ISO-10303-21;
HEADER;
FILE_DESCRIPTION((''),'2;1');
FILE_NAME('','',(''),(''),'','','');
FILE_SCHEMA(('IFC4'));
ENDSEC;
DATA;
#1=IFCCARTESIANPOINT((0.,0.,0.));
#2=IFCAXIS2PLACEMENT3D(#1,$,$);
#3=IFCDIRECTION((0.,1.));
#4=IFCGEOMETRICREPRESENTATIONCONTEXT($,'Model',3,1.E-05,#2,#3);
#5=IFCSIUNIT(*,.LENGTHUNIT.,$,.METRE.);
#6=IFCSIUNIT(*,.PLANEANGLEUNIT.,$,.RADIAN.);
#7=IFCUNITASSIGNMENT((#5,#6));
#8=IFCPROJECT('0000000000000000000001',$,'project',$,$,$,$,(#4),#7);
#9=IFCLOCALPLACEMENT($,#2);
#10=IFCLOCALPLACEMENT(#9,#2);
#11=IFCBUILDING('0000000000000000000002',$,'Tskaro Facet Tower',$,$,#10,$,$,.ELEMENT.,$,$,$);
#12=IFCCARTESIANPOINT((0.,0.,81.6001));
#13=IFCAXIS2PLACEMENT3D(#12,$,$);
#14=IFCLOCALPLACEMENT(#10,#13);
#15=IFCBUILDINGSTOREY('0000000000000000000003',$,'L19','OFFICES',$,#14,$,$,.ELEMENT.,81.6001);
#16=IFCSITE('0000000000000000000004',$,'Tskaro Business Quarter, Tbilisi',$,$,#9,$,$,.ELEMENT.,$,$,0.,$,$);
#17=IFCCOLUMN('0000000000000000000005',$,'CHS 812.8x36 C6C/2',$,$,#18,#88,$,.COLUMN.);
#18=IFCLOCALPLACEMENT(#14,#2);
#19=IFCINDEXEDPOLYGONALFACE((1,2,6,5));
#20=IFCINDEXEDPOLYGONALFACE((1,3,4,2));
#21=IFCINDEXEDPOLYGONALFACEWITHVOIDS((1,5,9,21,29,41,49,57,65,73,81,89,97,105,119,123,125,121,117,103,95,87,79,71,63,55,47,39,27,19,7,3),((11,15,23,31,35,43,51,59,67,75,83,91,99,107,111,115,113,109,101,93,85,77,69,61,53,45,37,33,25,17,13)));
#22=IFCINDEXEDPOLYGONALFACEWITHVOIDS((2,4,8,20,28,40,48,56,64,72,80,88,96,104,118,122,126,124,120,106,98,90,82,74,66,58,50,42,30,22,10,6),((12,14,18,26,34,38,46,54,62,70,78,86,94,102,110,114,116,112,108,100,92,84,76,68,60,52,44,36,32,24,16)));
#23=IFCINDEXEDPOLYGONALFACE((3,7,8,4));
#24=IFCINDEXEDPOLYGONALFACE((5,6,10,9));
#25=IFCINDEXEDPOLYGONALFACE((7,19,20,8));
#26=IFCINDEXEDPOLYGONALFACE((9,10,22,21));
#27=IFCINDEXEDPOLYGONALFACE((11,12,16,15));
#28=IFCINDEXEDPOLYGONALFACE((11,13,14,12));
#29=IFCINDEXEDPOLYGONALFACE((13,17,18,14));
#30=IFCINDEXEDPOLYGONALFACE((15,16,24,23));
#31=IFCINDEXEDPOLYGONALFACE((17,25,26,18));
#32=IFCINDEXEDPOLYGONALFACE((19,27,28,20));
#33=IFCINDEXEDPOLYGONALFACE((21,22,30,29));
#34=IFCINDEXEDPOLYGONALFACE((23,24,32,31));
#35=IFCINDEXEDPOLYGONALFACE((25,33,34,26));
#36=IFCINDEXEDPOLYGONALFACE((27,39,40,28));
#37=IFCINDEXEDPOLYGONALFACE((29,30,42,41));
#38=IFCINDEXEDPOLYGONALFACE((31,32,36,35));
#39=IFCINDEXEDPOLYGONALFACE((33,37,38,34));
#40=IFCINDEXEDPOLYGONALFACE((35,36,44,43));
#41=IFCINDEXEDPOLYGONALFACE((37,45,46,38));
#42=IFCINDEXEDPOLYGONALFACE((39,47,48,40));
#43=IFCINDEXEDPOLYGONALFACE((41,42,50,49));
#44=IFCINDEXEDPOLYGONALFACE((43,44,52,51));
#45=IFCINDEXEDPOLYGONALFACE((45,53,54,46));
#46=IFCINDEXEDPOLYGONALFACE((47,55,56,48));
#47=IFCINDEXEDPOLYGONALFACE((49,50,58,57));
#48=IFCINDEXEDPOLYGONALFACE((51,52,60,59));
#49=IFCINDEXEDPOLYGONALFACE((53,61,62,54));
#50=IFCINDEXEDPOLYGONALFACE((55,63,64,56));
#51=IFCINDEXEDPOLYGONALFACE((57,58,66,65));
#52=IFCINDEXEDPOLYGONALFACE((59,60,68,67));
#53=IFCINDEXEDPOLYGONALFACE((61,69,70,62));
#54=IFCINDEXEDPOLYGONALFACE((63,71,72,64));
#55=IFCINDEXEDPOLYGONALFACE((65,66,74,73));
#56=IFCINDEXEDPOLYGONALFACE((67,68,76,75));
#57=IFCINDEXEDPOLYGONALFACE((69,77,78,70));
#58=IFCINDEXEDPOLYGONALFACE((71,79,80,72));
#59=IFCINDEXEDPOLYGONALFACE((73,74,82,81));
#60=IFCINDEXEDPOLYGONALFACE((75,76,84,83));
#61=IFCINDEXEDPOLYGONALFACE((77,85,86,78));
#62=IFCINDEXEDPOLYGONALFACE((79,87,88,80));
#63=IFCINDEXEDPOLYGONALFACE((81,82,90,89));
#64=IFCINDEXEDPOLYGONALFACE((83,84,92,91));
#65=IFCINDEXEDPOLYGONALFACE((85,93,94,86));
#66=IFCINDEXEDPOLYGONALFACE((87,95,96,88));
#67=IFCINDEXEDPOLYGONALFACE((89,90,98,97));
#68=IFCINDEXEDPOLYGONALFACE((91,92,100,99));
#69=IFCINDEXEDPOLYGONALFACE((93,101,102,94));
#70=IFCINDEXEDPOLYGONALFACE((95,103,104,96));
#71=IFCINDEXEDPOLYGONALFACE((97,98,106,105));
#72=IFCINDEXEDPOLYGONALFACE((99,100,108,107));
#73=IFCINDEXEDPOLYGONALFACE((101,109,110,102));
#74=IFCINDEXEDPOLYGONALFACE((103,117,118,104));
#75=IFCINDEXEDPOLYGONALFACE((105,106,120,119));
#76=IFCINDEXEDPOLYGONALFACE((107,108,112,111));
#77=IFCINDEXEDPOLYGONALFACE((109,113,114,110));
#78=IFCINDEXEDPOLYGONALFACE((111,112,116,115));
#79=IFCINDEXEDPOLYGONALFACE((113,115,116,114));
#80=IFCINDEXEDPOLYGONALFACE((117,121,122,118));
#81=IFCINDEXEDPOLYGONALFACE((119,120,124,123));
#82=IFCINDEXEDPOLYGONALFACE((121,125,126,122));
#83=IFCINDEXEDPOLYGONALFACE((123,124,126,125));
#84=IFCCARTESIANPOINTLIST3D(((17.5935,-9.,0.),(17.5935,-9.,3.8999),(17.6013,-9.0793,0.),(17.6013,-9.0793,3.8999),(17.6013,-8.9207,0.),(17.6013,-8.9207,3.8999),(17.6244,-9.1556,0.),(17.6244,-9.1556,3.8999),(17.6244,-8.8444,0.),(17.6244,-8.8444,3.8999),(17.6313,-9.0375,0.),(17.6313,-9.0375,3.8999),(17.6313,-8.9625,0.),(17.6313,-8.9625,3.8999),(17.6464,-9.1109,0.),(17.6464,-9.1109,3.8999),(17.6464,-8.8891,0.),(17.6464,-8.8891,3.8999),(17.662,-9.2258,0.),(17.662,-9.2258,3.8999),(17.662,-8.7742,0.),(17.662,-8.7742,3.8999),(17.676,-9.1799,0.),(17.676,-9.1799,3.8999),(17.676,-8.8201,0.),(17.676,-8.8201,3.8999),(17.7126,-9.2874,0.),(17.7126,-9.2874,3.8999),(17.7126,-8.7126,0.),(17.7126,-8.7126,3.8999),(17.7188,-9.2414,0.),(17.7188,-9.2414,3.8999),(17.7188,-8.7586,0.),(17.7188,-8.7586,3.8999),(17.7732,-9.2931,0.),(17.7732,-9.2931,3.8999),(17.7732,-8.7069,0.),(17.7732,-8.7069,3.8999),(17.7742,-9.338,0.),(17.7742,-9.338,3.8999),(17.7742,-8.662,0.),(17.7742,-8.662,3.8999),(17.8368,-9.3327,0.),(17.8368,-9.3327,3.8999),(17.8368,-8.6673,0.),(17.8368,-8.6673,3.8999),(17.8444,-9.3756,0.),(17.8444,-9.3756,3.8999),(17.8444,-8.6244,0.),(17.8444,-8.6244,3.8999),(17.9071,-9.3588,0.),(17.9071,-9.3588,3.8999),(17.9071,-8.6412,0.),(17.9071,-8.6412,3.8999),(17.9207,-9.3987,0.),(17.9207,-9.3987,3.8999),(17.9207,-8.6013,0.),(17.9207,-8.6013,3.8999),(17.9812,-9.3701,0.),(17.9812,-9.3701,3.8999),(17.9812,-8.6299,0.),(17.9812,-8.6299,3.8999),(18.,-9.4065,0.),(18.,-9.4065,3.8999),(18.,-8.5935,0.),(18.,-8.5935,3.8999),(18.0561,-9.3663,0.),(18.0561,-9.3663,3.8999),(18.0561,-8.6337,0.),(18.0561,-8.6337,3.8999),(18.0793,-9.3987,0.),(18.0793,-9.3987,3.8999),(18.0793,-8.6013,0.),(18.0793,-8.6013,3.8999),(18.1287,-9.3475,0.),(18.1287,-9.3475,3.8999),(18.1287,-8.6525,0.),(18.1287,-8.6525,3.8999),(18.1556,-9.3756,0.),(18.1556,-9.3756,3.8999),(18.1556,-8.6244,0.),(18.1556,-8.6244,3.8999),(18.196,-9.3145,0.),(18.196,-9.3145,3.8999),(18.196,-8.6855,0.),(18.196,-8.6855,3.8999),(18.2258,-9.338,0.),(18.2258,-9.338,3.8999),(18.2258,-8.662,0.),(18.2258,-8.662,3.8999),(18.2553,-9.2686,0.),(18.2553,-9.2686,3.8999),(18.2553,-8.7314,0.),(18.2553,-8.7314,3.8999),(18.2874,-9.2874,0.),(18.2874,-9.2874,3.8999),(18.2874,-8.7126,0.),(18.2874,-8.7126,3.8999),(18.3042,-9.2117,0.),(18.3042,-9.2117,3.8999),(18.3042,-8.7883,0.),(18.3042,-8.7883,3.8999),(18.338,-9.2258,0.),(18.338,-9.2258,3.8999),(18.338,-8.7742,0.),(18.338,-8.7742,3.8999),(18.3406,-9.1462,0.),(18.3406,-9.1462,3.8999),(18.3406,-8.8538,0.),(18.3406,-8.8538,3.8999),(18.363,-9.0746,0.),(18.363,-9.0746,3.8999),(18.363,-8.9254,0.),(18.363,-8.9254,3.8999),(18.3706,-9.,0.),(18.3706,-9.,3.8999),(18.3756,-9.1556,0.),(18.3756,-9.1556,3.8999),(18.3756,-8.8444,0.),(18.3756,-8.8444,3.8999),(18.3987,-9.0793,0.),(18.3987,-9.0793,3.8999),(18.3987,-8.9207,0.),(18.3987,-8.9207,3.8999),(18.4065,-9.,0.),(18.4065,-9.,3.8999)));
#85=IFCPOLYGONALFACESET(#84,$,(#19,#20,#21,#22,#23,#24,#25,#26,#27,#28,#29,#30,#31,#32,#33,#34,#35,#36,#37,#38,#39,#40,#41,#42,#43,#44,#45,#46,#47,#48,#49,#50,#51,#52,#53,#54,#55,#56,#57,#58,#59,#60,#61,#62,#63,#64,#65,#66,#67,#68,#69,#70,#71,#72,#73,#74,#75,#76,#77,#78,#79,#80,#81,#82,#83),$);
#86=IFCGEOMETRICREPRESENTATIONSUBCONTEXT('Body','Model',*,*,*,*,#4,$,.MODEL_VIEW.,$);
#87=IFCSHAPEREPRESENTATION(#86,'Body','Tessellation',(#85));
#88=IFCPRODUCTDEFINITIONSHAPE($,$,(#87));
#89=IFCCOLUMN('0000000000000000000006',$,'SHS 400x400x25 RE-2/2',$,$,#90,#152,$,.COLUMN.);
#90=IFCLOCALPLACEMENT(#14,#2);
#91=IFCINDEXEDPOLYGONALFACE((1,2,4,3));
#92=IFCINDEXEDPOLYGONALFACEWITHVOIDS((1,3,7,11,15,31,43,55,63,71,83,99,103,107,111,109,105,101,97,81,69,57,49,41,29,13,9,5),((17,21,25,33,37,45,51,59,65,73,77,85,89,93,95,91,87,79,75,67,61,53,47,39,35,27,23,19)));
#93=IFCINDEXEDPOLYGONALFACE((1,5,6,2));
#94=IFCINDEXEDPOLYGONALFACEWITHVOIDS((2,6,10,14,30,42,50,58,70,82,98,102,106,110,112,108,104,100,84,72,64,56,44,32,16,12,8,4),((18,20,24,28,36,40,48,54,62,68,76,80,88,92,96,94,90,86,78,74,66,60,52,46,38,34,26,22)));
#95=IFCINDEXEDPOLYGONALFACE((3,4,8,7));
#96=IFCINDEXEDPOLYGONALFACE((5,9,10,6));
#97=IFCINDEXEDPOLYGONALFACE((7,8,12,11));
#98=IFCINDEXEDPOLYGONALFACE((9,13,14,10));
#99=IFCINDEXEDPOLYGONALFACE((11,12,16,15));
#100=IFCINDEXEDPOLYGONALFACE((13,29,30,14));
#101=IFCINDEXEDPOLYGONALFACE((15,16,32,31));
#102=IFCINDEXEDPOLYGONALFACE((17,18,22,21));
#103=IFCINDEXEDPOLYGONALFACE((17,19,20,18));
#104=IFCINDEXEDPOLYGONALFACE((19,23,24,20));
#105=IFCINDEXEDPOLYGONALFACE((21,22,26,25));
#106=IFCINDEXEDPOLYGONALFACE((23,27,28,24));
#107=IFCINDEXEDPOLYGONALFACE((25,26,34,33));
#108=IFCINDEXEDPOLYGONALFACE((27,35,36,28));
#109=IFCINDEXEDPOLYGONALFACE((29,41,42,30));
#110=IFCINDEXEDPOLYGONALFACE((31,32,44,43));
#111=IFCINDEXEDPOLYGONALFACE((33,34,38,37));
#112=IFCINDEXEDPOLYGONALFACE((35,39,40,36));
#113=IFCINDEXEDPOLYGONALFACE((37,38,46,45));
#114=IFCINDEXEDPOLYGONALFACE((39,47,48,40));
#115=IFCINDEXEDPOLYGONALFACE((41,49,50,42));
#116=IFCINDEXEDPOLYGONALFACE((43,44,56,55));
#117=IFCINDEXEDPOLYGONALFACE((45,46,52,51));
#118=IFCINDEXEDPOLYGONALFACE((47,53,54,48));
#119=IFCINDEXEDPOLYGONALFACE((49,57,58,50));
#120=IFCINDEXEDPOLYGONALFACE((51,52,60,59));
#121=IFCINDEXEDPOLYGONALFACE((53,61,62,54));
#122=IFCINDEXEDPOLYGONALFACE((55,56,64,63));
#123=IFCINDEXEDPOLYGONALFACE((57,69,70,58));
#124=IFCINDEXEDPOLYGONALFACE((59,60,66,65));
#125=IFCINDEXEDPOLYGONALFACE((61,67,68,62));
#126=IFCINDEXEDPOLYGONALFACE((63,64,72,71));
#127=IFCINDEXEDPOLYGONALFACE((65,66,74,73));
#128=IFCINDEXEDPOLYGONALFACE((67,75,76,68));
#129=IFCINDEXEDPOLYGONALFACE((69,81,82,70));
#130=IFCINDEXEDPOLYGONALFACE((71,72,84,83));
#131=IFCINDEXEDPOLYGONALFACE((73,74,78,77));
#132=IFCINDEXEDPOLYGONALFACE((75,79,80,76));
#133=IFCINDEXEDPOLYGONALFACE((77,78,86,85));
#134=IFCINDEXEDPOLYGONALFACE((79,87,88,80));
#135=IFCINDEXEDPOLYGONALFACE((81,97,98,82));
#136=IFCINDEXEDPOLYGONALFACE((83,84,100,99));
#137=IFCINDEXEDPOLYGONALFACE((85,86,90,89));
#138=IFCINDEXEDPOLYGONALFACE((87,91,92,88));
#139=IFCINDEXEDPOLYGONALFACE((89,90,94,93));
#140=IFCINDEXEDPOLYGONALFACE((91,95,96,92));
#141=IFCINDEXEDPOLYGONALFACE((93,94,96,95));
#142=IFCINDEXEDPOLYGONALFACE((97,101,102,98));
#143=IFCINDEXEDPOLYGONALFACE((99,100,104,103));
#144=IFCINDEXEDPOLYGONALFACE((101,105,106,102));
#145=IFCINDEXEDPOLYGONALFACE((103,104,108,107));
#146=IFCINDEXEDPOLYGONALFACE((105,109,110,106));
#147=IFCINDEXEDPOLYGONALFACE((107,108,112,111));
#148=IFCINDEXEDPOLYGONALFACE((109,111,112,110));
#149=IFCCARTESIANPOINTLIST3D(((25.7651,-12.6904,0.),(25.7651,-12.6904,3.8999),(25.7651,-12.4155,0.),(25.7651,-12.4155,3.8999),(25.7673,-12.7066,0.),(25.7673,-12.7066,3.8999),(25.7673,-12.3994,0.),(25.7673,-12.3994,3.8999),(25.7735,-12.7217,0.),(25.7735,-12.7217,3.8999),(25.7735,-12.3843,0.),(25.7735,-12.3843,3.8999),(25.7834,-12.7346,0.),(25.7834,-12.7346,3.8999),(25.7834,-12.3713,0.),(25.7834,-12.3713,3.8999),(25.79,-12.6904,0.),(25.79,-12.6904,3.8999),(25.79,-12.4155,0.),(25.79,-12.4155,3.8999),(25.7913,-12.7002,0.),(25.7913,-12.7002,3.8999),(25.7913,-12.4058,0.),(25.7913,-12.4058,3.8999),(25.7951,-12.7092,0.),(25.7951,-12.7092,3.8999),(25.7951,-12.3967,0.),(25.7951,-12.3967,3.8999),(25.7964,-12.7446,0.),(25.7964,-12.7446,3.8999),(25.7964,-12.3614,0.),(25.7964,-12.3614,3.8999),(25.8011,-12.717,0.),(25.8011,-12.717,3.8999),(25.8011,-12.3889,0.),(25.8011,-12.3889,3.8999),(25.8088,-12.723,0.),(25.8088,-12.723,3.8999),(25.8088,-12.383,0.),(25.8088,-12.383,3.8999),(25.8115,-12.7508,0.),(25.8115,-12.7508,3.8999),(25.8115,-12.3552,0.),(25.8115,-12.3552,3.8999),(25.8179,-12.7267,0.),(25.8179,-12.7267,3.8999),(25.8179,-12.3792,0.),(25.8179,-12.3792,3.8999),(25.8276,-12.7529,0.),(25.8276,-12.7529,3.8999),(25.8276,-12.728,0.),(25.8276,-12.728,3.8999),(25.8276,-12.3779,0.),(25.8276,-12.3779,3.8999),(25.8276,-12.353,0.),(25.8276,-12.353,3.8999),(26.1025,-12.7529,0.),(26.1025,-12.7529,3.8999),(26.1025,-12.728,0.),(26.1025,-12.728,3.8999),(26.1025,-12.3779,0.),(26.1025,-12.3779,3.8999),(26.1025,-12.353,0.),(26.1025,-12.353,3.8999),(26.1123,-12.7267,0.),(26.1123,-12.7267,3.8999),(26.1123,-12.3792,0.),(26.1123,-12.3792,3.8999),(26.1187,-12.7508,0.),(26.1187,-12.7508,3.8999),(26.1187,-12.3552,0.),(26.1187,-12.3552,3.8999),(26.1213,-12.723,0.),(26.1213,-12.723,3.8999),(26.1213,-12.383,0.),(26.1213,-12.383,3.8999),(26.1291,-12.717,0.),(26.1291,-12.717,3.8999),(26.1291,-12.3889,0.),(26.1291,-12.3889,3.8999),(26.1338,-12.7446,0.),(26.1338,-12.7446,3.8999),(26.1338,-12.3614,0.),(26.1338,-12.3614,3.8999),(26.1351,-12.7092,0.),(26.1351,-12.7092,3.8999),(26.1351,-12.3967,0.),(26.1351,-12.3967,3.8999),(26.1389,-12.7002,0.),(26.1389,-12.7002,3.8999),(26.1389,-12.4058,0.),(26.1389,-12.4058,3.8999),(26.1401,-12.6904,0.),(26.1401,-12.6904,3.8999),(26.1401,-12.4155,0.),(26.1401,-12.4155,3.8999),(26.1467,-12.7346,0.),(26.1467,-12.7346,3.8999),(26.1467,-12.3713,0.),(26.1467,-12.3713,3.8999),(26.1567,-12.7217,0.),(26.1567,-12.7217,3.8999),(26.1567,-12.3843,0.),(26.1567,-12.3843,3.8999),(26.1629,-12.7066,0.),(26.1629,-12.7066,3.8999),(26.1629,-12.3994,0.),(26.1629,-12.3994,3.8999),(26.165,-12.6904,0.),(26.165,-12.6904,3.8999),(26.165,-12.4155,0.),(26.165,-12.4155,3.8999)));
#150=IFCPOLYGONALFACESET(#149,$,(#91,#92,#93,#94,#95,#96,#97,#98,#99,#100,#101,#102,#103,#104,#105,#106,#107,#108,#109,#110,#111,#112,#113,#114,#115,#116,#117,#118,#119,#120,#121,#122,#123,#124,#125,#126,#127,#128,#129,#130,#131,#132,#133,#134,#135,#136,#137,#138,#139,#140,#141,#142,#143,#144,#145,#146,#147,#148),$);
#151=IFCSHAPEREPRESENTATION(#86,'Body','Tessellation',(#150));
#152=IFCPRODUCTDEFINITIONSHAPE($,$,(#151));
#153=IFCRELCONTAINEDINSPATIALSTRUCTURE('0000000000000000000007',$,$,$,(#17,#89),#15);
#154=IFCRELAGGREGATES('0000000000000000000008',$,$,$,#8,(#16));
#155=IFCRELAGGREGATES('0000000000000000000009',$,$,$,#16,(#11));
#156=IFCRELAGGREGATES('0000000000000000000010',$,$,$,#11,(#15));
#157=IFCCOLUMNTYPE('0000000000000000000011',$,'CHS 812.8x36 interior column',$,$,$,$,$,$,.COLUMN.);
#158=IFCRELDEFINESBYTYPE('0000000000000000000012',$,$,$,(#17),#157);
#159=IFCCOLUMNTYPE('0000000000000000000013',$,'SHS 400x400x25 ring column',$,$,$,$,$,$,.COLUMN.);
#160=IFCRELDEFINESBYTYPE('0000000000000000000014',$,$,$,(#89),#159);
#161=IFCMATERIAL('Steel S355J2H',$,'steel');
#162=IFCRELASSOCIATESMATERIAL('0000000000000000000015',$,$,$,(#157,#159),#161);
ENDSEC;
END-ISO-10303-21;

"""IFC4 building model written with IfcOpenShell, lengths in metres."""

from ifc_helpers import new_model, si_unit, direction, frame, origin, origin_2d, place, context, subcontext, project, spatial, hollow_rectangle, hollow_circle, extrude, material, material_profile, profile_set, type_object, element, save


model = new_model("IFC4")

# Units and contexts
model_context = context("Model", 3, precision=1e-05, world=origin(), true_north=direction((0.0, 1.0)))
body_context = subcontext(model_context, "Body", "Model", "MODEL_VIEW")
ifc_project = project(units=[si_unit("LENGTHUNIT", "METRE"), si_unit("PLANEANGLEUNIT", "RADIAN")], contexts=[model_context])

# Site, building, storey
site_placement = place(None, origin())
site = spatial("IfcSite", under=ifc_project, at=site_placement, Name="Tskaro Business Quarter, Tbilisi", CompositionType="ELEMENT", RefElevation=0.0)
building_placement = place(site_placement, origin())
building = spatial("IfcBuilding", under=site, at=building_placement, Name="Tskaro Facet Tower", CompositionType="ELEMENT")
storey_placement = place(building_placement, frame((0.0, 0.0, 81.6001)))
storey = spatial("IfcBuildingStorey", under=building, at=storey_placement, Name="L19", Description="OFFICES", CompositionType="ELEMENT", Elevation=81.6001)

# Columns
ifc_material_1 = material(Name="Steel S355J2H", Category="steel")
ifc_material_profile_1 = material_profile(ifc_material_1, hollow_circle(Radius=0.4065, WallThickness=0.0359, at=origin_2d()), Name="CHS 812.8x36")
ifc_profile_set_1 = profile_set([ifc_material_profile_1], Name="Steel S355J2H")
column_type_1 = type_object("IfcColumnType", Name="CHS 812.8x36 interior column", PredefinedType="COLUMN", material=ifc_profile_set_1)
column_placement = place(storey_placement, frame((18.0, -9.0, 0.0), z_axis=(0.0, 0.0, 1.0), x_axis=(1.0, 0.0, 0.0)))
element("IfcColumn", 1, at=column_placement, inside=storey, type_object=column_type_1, Name="CHS 812.8x36 C6C/2", PredefinedType="COLUMN", context=body_context, shape_type="SweptSolid", body=[
    extrude(hollow_circle(Radius=0.4065, WallThickness=0.0359, at=origin_2d()), origin(), (0.0, 0.0, 1.0), 3.8999),
])
ifc_material_profile_2 = material_profile(ifc_material_1, hollow_rectangle(XDim=0.3999, YDim=0.3999, WallThickness=0.0249, InnerFilletRadius=0.0376, OuterFilletRadius=0.0625, at=origin_2d()), Name="SHS 400x400x25")
ifc_profile_set_2 = profile_set([ifc_material_profile_2], Name="Steel S355J2H")
column_type_2 = type_object("IfcColumnType", Name="SHS 400x400x25 ring column", PredefinedType="COLUMN", material=ifc_profile_set_2)
for number, where, z_axis, x_axis, name in (
    (2, (25.9651, -12.553, 0.0), (0.0, 0.0, 1.0), (1.0, 0.0, 0.0), "SHS 400x400x25 RE-2/2"),
):
    element("IfcColumn", number, at=place(storey_placement, frame(where, z_axis=z_axis, x_axis=x_axis)), inside=storey, type_object=column_type_2, Name=name, PredefinedType="COLUMN", context=body_context, shape_type="SweptSolid", body=[
        extrude(hollow_rectangle(XDim=0.3999, YDim=0.3999, WallThickness=0.0249, InnerFilletRadius=0.0376, OuterFilletRadius=0.0625, at=origin_2d()), origin(), (0.0, 0.0, 1.0), 3.8999),
    ])

save(model, "model.ifc")
